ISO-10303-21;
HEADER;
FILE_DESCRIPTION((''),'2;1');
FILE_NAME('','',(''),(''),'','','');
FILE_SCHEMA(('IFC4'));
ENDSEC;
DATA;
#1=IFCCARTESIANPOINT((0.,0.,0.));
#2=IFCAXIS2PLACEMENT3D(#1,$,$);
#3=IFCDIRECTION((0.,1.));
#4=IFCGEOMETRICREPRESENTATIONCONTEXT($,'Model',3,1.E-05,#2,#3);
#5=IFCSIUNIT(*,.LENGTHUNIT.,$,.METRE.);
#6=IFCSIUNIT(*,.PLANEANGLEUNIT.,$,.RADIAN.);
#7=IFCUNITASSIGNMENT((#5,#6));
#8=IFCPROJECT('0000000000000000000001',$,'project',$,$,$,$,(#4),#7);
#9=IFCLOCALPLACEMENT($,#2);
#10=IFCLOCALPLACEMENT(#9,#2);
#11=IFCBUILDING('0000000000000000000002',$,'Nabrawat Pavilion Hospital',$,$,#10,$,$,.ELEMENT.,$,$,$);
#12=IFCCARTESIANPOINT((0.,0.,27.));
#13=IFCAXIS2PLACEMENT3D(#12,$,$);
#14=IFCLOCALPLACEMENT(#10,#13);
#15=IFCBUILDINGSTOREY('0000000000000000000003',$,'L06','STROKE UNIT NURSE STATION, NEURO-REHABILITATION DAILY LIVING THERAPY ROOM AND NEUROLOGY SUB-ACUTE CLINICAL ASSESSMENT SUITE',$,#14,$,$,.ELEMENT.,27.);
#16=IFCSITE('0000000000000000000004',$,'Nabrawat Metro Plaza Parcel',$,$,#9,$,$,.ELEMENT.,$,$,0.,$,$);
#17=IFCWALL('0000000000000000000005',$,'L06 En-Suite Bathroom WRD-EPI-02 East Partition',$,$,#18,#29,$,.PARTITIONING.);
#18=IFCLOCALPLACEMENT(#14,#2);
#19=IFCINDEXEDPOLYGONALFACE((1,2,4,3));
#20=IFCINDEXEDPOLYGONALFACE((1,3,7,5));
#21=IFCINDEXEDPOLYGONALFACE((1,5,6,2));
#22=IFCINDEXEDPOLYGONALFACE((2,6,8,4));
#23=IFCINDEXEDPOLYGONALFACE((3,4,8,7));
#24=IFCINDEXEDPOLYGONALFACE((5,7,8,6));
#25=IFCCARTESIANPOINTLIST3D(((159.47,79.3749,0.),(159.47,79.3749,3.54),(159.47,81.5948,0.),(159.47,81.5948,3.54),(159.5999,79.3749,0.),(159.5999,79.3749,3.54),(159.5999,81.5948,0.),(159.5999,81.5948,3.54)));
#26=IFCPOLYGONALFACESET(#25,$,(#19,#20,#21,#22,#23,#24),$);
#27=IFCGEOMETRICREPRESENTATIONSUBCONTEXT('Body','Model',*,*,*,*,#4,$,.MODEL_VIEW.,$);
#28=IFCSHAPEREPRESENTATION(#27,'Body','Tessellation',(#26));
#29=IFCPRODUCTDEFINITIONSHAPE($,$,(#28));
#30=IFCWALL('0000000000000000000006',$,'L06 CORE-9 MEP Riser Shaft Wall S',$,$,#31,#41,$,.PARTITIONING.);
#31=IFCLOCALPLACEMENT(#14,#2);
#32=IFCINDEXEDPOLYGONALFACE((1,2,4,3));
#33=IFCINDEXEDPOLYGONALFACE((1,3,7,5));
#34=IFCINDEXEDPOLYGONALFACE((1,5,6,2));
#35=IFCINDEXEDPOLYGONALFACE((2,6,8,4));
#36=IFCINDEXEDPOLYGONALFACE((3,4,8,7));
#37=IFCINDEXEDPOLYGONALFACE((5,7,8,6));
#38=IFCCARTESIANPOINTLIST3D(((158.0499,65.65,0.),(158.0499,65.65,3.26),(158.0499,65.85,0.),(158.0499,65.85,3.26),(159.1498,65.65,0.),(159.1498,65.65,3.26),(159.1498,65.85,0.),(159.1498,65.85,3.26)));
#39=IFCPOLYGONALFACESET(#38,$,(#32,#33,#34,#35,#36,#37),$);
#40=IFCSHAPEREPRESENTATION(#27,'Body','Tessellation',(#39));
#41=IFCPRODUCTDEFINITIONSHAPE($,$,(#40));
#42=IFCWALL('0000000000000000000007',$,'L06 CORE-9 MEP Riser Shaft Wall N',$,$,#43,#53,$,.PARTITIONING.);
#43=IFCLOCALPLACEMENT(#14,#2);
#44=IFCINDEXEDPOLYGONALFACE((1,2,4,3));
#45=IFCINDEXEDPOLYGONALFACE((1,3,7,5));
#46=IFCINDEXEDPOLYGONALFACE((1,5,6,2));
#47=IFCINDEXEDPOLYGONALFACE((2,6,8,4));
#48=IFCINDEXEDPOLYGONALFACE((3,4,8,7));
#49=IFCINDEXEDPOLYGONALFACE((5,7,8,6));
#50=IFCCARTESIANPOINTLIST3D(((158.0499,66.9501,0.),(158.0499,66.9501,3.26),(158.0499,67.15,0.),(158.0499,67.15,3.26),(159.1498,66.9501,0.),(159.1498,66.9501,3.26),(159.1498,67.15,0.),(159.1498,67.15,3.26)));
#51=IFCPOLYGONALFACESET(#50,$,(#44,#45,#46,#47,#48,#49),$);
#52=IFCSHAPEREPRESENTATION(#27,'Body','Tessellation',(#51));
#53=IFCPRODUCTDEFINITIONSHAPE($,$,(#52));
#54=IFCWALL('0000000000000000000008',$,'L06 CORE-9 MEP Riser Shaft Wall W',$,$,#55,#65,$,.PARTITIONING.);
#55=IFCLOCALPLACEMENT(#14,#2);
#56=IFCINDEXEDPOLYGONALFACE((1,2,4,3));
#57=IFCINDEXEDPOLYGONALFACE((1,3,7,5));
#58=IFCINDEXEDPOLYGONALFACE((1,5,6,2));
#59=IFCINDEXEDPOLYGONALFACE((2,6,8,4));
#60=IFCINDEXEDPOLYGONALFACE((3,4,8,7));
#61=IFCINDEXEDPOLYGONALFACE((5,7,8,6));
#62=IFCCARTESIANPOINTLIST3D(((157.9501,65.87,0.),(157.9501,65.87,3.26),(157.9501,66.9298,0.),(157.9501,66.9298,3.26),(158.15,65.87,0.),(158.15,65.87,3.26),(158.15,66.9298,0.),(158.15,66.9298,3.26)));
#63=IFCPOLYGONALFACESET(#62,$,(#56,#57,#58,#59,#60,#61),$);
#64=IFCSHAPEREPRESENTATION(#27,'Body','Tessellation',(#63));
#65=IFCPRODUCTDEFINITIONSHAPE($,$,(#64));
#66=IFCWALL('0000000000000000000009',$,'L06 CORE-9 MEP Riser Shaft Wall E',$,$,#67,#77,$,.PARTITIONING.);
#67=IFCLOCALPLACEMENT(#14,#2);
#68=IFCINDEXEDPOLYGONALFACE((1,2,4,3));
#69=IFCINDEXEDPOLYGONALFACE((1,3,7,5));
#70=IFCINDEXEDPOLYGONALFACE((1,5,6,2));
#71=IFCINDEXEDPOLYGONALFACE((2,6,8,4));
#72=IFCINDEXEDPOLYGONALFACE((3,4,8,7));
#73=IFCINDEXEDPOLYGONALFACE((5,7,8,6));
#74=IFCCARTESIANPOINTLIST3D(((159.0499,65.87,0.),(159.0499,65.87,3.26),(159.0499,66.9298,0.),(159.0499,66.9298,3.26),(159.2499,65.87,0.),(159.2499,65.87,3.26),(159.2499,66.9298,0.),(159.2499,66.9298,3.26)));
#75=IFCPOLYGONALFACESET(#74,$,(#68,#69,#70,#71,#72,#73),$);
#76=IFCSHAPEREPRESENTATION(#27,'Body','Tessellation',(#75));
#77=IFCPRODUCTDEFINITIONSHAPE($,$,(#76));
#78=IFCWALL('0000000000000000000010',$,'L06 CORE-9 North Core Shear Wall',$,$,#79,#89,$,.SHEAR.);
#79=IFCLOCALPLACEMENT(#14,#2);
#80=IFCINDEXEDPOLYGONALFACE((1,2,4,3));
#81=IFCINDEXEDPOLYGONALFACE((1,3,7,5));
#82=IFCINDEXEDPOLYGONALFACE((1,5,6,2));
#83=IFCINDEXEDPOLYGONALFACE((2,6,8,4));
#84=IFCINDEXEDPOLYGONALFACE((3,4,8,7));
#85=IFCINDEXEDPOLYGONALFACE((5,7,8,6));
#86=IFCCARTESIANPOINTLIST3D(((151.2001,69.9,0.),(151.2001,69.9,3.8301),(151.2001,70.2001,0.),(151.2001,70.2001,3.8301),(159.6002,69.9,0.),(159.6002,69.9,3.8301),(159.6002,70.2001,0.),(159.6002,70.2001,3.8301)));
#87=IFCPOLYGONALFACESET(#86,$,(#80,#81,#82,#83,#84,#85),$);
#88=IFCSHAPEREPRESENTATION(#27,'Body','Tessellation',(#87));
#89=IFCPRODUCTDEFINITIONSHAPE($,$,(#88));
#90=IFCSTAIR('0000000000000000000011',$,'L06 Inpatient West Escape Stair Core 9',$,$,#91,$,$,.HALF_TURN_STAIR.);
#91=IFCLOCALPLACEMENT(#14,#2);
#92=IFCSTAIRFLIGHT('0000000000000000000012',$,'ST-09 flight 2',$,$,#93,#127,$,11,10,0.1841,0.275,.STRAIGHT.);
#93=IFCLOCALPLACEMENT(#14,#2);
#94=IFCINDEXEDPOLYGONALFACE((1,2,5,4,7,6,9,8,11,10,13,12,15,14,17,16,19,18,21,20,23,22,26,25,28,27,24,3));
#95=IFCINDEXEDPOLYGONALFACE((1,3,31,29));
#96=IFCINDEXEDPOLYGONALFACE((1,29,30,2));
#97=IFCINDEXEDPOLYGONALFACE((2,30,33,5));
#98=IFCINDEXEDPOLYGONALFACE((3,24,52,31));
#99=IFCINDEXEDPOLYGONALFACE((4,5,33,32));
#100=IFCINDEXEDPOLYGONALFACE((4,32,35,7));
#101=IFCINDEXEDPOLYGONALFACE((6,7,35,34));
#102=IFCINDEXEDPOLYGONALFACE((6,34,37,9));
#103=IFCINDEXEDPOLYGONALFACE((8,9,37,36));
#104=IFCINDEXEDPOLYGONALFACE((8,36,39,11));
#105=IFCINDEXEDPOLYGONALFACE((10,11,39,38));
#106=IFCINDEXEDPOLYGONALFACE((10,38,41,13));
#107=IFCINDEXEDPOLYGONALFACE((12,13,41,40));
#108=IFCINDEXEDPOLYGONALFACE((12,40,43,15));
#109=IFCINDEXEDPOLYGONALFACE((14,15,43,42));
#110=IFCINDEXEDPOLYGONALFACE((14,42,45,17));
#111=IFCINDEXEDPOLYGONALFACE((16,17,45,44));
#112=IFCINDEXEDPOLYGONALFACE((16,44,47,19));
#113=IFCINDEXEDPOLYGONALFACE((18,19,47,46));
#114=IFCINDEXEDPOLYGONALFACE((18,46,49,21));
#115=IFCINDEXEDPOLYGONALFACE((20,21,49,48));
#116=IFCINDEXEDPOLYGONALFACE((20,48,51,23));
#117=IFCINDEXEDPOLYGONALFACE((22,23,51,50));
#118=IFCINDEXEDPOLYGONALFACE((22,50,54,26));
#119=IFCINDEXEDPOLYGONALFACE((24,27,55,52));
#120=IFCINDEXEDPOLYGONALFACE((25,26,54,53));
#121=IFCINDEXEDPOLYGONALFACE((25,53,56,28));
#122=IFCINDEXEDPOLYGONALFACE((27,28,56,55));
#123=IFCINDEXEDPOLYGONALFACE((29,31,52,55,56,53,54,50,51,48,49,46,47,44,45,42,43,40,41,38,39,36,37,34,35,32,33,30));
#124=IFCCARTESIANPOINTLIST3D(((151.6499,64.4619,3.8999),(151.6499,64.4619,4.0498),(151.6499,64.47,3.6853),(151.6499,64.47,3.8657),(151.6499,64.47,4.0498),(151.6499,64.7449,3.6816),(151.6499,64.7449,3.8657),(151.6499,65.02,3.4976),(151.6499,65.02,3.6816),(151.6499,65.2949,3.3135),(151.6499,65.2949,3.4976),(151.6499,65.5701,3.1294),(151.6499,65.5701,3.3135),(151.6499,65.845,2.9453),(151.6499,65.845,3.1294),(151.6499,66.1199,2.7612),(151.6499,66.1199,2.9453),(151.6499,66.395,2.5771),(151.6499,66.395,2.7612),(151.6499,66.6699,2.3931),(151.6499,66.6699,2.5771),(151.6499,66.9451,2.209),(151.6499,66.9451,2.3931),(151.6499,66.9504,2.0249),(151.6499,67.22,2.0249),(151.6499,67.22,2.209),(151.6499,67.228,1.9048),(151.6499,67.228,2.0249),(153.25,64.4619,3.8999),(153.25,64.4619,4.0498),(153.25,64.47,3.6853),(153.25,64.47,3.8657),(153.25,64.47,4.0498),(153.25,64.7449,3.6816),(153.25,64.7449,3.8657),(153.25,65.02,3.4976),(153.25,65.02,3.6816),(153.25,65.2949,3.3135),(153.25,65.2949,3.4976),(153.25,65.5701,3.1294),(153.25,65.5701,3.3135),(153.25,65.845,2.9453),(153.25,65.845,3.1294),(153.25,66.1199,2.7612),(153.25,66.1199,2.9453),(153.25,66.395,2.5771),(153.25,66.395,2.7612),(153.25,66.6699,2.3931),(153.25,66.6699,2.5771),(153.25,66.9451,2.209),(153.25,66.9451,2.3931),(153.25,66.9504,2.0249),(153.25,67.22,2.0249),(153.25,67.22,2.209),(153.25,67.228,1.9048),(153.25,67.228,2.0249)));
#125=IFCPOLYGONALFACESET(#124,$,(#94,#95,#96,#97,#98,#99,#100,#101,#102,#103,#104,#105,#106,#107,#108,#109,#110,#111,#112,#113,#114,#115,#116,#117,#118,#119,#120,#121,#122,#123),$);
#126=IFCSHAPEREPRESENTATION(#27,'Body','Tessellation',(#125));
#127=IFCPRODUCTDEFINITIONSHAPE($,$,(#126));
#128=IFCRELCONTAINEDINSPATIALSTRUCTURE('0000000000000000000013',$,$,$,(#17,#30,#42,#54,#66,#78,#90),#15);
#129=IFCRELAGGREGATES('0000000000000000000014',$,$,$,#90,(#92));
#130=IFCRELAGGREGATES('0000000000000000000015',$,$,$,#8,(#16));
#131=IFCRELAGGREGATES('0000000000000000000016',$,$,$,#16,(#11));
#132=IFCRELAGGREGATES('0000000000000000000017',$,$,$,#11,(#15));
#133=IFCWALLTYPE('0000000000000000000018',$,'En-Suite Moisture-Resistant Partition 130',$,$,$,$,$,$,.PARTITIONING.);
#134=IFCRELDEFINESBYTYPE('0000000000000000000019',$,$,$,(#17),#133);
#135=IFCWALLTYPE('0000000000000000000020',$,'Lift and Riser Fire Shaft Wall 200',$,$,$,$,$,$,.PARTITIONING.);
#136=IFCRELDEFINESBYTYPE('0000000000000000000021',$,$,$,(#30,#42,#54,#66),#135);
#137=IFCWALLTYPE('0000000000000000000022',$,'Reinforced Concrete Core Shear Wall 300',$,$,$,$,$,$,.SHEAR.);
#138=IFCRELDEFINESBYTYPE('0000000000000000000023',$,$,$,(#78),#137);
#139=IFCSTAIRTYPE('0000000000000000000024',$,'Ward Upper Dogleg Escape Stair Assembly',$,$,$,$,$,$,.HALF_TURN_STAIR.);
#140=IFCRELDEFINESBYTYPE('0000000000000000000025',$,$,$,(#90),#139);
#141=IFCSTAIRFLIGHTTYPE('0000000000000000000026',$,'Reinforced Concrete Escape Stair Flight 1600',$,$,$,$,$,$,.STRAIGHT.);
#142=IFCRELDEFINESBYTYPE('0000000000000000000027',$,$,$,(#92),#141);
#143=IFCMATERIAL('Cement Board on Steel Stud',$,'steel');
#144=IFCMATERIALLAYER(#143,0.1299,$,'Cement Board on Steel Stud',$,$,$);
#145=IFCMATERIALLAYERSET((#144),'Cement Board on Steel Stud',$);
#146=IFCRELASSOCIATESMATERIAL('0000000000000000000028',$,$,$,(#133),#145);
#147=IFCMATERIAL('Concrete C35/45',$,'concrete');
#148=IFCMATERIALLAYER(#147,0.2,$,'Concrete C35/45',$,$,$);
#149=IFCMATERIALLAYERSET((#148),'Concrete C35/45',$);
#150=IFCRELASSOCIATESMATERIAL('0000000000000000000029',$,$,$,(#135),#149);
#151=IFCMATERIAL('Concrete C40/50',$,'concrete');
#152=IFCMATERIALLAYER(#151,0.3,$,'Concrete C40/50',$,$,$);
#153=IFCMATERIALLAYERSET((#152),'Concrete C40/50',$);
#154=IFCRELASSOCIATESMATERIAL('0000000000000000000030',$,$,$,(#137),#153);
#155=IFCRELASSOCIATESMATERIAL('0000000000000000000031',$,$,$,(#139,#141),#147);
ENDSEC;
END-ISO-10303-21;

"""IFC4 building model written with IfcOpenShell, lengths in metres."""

from ifc_helpers import new_model, si_unit, direction, frame, frame_2d, origin, place, context, subcontext, project, spatial, polyline, rectangle, outline, extrude, material, layer, layer_set, type_object, element, aggregate, save


model = new_model("IFC4")

# Units and contexts
model_context = context("Model", 3, precision=1e-05, world=origin(), true_north=direction((0.0, 1.0)))
body_context = subcontext(model_context, "Body", "Model", "MODEL_VIEW")
ifc_project = project(units=[si_unit("LENGTHUNIT", "METRE"), si_unit("PLANEANGLEUNIT", "RADIAN")], contexts=[model_context])

# Site, building, storey
site_placement = place(None, origin())
site = spatial("IfcSite", under=ifc_project, at=site_placement, Name="Nabrawat Metro Plaza Parcel", CompositionType="ELEMENT", RefElevation=0.0)
building_placement = place(site_placement, origin())
building = spatial("IfcBuilding", under=site, at=building_placement, Name="Nabrawat Pavilion Hospital", CompositionType="ELEMENT")
storey_placement = place(building_placement, frame((0.0, 0.0, 27.0)))
storey = spatial("IfcBuildingStorey", under=building, at=storey_placement, Name="L06", Description="STROKE UNIT NURSE STATION, NEURO-REHABILITATION DAILY LIVING THERAPY ROOM AND NEUROLOGY SUB-ACUTE CLINICAL ASSESSMENT SUITE", CompositionType="ELEMENT", Elevation=27.0)

# Shared definitions
ifc_material_1 = material(Name="Concrete C40/50", Category="concrete")

# Shared definitions
ifc_material_2 = material(Name="Cement Board on Steel Stud", Category="steel")
ifc_layer_1 = layer(ifc_material_2, 0.1299, Name="Cement Board on Steel Stud")
ifc_layer_set_1 = layer_set([ifc_layer_1], Name="Cement Board on Steel Stud")
wall_type_1 = type_object("IfcWallType", Name="En-Suite Moisture-Resistant Partition 130", PredefinedType="PARTITIONING", material=ifc_layer_set_1)

# Walls
wall_1_placement = place(storey_placement, frame((159.5349, 79.375, 0.0), z_axis=(0.0, 0.0, 1.0), x_axis=(0.0, 1.0, 0.0)))
element("IfcWall", 1, at=wall_1_placement, inside=storey, type_object=wall_type_1, Name="L06 En-Suite Bathroom WRD-EPI-02 East Partition", PredefinedType="PARTITIONING", context=body_context, shape_type="SweptSolid", body=[
    extrude(rectangle(XDim=2.22, YDim=0.1299, at=frame_2d((1.1099, 0.0))), origin(), (0.0, 0.0, 1.0), 3.54),
])
ifc_material_3 = material(Name="Concrete C35/45", Category="concrete")
ifc_layer_2 = layer(ifc_material_3, 0.2, Name="Concrete C35/45")
ifc_layer_set_2 = layer_set([ifc_layer_2], Name="Concrete C35/45")
wall_type_2 = type_object("IfcWallType", Name="Lift and Riser Fire Shaft Wall 200", PredefinedType="PARTITIONING", material=ifc_layer_set_2)
for number, where, z_axis, x_axis, name in (
    (2, (158.05, 65.75, 0.0), (0.0, 0.0, 1.0), (1.0, 0.0, 0.0), "L06 CORE-9 MEP Riser Shaft Wall S"),
    (3, (158.05, 67.05, 0.0), (0.0, 0.0, 1.0), (1.0, 0.0, 0.0), "L06 CORE-9 MEP Riser Shaft Wall N"),
):
    element("IfcWall", number, at=place(storey_placement, frame(where, z_axis=z_axis, x_axis=x_axis)), inside=storey, type_object=wall_type_2, Name=name, PredefinedType="PARTITIONING", context=body_context, shape_type="SweptSolid", body=[
        extrude(rectangle(XDim=1.0999, YDim=0.2, at=frame_2d((0.5498, 0.0))), origin(), (0.0, 0.0, 1.0), 3.26),
    ])
for number, where, z_axis, x_axis, name in (
    (4, (158.05, 65.8701, 0.0), (0.0, 0.0, 1.0), (0.0, 1.0, 0.0), "L06 CORE-9 MEP Riser Shaft Wall W"),
    (5, (159.1499, 65.8701, 0.0), (0.0, 0.0, 1.0), (0.0, 1.0, 0.0), "L06 CORE-9 MEP Riser Shaft Wall E"),
):
    element("IfcWall", number, at=place(storey_placement, frame(where, z_axis=z_axis, x_axis=x_axis)), inside=storey, type_object=wall_type_2, Name=name, PredefinedType="PARTITIONING", context=body_context, shape_type="SweptSolid", body=[
        extrude(rectangle(XDim=1.0598, YDim=0.2, at=frame_2d((0.5298, 0.0))), origin(), (0.0, 0.0, 1.0), 3.26),
    ])
ifc_layer_3 = layer(ifc_material_1, 0.3, Name="Concrete C40/50")
ifc_layer_set_3 = layer_set([ifc_layer_3], Name="Concrete C40/50")
wall_type_3 = type_object("IfcWallType", Name="Reinforced Concrete Core Shear Wall 300", PredefinedType="SHEAR", material=ifc_layer_set_3)
wall_2_placement = place(storey_placement, frame((151.2, 70.05, 0.0), z_axis=(0.0, 0.0, 1.0), x_axis=(1.0, 0.0, 0.0)))
element("IfcWall", 6, at=wall_2_placement, inside=storey, type_object=wall_type_3, Name="L06 CORE-9 North Core Shear Wall", PredefinedType="SHEAR", context=body_context, shape_type="SweptSolid", body=[
    extrude(rectangle(XDim=8.4001, YDim=0.3, at=frame_2d((4.2002, 0.0))), origin(), (0.0, 0.0, 1.0), 3.8301),
])

# Stair, stair flight
stair_type = type_object("IfcStairType", Name="Ward Upper Dogleg Escape Stair Assembly", PredefinedType="HALF_TURN_STAIR", material=ifc_material_3)
stair_placement = place(storey_placement, origin())
stair = element("IfcStair", 7, at=stair_placement, inside=storey, type_object=stair_type, Name="L06 Inpatient West Escape Stair Core 9", PredefinedType="HALF_TURN_STAIR")
stair_flight_type = type_object("IfcStairFlightType", Name="Reinforced Concrete Escape Stair Flight 1600", PredefinedType="STRAIGHT", material=ifc_material_3)
stair_flight_placement = place(storey_placement, frame((152.45, 67.22, 2.0249), z_axis=(0.0, 0.0, 1.0), x_axis=(0.0, -1.0, 0.0)))
stair_flight = element("IfcStairFlight", 8, at=stair_flight_placement, type_object=stair_flight_type, Name="ST-09 flight 2", NumberOfRisers=11, NumberOfTreads=10, PredefinedType="STRAIGHT", RiserHeight=0.1841, TreadLength=0.275, context=body_context, shape_type="SweptSolid", body=[
    extrude(outline(polyline([(-0.0081, 0.0), (0.0, 0.0), (0.0, 0.1841), (0.2749, 0.1841), (0.2749, 0.3682), (0.55, 0.3682), (0.55, 0.5522), (0.825, 0.5522), (0.825, 0.7363), (1.1001, 0.7363), (1.1001, 0.9204), (1.375, 0.9204), (1.375, 1.1045), (1.6499, 1.1045), (1.6499, 1.2886), (1.925, 1.2886), (1.925, 1.4727), (2.2, 1.4727), (2.2, 1.6567), (2.4751, 1.6567), (2.4751, 1.8408), (2.75, 1.8408), (2.75, 2.0249), (2.7581, 2.0249), (2.7581, 1.875), (2.75, 1.6604), (0.2695, 0.0), (-0.0081, -0.1201), (-0.0081, 0.0)])), frame((0.0, 0.8, 0.0), z_axis=(0.0, -1.0, 0.0), x_axis=(1.0, 0.0, 0.0)), (0.0, 0.0, 1.0), 1.6001),
])
aggregate(stair, [stair_flight])

save(model, "model.ifc")
